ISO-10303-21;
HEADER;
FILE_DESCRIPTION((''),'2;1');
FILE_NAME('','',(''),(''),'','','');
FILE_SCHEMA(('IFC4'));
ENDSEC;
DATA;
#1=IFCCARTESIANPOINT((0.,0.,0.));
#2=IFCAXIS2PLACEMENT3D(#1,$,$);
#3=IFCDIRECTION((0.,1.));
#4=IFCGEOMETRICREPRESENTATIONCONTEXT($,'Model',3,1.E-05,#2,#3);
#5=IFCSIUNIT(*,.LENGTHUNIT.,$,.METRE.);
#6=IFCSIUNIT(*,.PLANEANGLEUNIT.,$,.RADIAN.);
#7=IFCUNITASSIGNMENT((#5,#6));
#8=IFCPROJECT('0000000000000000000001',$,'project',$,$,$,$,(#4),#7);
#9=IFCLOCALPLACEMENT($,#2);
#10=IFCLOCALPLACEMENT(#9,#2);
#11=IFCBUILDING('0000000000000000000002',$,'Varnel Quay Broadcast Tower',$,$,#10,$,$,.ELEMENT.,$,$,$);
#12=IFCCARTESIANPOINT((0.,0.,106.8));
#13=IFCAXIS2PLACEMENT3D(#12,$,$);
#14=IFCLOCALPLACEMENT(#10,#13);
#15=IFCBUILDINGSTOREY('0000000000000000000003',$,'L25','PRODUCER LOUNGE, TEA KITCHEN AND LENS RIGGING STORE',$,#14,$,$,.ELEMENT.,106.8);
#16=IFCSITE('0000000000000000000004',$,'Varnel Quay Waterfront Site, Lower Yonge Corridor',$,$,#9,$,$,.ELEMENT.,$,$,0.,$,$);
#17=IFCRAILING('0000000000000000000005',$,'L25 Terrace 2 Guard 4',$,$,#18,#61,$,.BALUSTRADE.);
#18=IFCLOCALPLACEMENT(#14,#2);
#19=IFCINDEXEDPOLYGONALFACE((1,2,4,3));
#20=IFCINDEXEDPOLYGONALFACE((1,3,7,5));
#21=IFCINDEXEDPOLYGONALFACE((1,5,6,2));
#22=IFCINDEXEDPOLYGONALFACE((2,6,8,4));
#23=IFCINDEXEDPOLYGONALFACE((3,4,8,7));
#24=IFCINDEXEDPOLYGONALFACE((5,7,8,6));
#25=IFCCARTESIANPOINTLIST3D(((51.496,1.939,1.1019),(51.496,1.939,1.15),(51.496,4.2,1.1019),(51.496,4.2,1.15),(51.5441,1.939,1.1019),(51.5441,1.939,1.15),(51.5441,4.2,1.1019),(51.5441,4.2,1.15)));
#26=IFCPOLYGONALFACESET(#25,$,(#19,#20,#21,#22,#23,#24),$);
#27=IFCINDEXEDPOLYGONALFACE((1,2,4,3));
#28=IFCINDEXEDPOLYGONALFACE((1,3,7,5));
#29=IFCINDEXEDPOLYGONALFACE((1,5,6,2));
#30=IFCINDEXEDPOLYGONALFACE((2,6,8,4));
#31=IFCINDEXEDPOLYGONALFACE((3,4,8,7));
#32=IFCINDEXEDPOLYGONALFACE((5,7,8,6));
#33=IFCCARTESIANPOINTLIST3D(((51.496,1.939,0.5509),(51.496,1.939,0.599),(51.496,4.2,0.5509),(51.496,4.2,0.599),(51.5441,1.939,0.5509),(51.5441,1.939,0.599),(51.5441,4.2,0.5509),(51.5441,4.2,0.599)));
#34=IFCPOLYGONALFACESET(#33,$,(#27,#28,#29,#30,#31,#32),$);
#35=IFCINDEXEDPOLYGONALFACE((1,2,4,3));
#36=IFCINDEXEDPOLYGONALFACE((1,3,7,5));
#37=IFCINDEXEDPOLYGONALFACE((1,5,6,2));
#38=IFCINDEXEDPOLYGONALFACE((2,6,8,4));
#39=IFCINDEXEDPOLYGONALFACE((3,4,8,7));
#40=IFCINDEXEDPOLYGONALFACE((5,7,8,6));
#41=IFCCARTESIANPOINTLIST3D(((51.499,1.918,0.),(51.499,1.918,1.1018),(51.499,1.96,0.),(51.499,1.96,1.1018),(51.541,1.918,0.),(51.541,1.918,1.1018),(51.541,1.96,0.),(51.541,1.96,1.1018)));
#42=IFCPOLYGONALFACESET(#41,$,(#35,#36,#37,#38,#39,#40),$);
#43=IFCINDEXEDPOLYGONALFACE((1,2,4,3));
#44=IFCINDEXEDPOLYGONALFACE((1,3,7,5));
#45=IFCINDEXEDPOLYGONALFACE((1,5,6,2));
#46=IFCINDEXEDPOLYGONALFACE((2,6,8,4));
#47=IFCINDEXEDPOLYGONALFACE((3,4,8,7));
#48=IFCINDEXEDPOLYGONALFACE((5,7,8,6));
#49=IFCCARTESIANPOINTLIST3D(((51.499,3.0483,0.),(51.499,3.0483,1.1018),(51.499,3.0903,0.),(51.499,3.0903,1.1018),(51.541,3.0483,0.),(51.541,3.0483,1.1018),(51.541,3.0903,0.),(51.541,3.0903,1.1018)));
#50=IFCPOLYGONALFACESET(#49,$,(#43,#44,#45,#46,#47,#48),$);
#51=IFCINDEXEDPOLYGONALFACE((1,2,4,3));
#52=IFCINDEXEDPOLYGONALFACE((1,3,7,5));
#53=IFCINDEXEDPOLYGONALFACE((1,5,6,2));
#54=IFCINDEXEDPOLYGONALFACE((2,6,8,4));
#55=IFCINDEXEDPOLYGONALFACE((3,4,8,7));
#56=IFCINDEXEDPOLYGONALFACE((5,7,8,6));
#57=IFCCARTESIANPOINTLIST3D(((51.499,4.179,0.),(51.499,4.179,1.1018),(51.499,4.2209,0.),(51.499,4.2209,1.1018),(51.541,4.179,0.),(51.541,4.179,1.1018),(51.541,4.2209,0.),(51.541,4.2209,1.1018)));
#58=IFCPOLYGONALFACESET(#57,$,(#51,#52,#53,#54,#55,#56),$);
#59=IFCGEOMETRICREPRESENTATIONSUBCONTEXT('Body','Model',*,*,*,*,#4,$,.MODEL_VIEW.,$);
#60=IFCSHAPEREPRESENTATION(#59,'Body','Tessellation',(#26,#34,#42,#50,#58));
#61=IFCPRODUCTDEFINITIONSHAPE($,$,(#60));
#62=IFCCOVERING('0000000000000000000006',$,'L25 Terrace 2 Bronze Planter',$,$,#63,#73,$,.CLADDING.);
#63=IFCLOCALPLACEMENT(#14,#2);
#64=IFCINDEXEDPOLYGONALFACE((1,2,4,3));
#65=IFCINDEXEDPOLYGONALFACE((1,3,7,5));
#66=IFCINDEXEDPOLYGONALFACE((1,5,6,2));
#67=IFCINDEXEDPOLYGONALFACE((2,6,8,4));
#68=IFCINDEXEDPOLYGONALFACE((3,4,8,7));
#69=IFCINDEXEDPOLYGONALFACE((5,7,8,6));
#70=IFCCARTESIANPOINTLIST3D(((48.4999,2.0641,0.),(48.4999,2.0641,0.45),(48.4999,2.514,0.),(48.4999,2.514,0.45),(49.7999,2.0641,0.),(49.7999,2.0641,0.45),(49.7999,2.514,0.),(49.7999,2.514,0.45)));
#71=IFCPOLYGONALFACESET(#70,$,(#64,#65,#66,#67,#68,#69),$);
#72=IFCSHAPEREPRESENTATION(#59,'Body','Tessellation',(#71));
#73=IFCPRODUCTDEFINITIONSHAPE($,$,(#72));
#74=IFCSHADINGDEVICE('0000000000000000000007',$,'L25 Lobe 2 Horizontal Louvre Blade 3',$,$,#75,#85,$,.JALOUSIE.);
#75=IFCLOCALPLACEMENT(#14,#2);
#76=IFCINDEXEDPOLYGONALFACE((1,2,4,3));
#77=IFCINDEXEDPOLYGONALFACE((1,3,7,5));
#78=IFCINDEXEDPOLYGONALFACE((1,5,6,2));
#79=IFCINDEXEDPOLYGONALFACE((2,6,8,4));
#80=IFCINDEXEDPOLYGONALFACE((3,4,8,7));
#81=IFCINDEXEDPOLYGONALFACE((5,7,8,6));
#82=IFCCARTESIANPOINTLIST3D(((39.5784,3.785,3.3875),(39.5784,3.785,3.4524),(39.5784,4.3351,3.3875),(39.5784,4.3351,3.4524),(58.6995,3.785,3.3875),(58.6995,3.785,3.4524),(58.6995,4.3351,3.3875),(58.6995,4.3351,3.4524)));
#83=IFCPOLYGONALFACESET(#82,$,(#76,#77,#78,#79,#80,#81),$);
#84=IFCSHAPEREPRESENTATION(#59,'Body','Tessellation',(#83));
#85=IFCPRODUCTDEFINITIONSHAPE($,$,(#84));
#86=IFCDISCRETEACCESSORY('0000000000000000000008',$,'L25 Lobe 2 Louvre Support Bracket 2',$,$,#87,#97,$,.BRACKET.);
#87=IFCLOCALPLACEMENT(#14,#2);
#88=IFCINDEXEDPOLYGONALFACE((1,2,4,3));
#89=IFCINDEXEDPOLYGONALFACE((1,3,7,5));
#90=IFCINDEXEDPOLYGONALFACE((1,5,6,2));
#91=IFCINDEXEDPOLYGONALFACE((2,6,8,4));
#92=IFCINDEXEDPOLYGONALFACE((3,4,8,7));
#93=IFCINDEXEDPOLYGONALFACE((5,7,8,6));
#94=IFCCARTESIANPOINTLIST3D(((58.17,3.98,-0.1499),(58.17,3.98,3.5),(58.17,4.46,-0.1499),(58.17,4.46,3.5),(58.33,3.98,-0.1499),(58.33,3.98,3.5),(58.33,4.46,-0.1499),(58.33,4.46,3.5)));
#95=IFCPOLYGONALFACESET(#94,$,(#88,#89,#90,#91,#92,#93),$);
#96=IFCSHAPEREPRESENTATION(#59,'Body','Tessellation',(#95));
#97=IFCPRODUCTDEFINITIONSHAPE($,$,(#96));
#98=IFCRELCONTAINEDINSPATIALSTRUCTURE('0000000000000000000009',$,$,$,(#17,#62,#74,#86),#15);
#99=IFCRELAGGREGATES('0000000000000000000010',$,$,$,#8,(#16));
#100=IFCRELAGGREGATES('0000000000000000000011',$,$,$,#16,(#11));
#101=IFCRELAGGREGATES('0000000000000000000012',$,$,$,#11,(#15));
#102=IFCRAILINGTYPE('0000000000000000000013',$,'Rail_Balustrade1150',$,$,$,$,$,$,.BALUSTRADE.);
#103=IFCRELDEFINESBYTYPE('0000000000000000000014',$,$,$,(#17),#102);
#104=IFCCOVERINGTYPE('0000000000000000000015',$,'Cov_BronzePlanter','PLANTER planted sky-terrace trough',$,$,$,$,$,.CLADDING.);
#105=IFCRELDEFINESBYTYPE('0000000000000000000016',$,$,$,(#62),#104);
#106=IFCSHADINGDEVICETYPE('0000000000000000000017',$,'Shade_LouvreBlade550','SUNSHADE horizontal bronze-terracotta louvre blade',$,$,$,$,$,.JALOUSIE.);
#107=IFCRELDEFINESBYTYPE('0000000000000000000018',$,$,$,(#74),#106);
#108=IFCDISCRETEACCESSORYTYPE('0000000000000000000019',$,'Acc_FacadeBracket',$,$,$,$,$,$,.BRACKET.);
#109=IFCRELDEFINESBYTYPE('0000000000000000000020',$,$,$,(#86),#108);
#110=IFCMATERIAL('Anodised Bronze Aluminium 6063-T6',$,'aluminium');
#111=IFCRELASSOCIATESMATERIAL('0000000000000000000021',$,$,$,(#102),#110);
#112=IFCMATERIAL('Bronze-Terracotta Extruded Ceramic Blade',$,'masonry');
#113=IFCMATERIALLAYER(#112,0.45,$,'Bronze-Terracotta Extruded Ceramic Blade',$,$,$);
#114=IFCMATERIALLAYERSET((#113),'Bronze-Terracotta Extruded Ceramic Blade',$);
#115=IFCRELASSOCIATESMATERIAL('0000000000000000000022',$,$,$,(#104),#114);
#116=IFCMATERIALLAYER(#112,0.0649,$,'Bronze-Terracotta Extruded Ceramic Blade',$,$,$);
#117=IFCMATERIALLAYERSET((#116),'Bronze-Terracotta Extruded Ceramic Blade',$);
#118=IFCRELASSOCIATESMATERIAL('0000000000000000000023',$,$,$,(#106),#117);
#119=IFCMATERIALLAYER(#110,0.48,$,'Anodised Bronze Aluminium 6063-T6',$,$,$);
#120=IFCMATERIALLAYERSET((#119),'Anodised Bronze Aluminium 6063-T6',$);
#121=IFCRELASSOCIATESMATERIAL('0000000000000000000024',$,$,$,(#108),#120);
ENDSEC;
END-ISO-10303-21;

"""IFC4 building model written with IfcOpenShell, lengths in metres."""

from ifc_helpers import new_model, si_unit, direction, frame, origin, origin_2d, place, context, subcontext, project, spatial, rectangle, extrude, source, transform, mapped, material, layer, layer_set, type_object, type_shapes, element, save


model = new_model("IFC4")

# Units and contexts
model_context = context("Model", 3, precision=1e-05, world=origin(), true_north=direction((0.0, 1.0)))
body_context = subcontext(model_context, "Body", "Model", "MODEL_VIEW")
ifc_project = project(units=[si_unit("LENGTHUNIT", "METRE"), si_unit("PLANEANGLEUNIT", "RADIAN")], contexts=[model_context])

# Site, building, storey
site_placement = place(None, origin())
site = spatial("IfcSite", under=ifc_project, at=site_placement, Name="Varnel Quay Waterfront Site, Lower Yonge Corridor", CompositionType="ELEMENT", RefElevation=0.0)
building_placement = place(site_placement, origin())
building = spatial("IfcBuilding", under=site, at=building_placement, Name="Varnel Quay Broadcast Tower", CompositionType="ELEMENT")
storey_placement = place(building_placement, frame((0.0, 0.0, 106.8)))
storey = spatial("IfcBuildingStorey", under=building, at=storey_placement, Name="L25", Description="PRODUCER LOUNGE, TEA KITCHEN AND LENS RIGGING STORE", CompositionType="ELEMENT", Elevation=106.8)

# Shared definitions
ifc_material_1 = material(Name="Anodised Bronze Aluminium 6063-T6", Category="aluminium")

# Railing
railing_type = type_object("IfcRailingType", Name="Rail_Balustrade1150", PredefinedType="BALUSTRADE", material=ifc_material_1)
railing_placement = place(storey_placement, frame((51.52, 1.939, 0.0)))
element("IfcRailing", 1, at=railing_placement, inside=storey, type_object=railing_type, Name="L25 Terrace 2 Guard 4", PredefinedType="BALUSTRADE", context=body_context, shape_type="SweptSolid", body=[
    extrude(rectangle(XDim=0.0481, YDim=0.0481, at=origin_2d()), frame((0.0, 0.0, 1.126), z_axis=(0.0, 1.0, 0.0), x_axis=(-1.0, 0.0, 0.0)), (0.0, 0.0, 1.0), 2.261),
    extrude(rectangle(XDim=0.0481, YDim=0.0481, at=origin_2d()), frame((0.0, 0.0, 0.575), z_axis=(0.0, 1.0, 0.0), x_axis=(-1.0, 0.0, 0.0)), (0.0, 0.0, 1.0), 2.261),
    extrude(rectangle(XDim=0.042, YDim=0.042, at=origin_2d()), origin(), (0.0, 0.0, 1.0), 1.1018),
    extrude(rectangle(XDim=0.042, YDim=0.042, at=origin_2d()), frame((0.0, 1.1304, 0.0)), (0.0, 0.0, 1.0), 1.1018),
    extrude(rectangle(XDim=0.042, YDim=0.042, at=origin_2d()), frame((0.0, 2.261, 0.0)), (0.0, 0.0, 1.0), 1.1018),
])

# Covering
ifc_material_2 = material(Name="Bronze-Terracotta Extruded Ceramic Blade", Category="masonry")
ifc_layer_1 = layer(ifc_material_2, 0.45, Name="Bronze-Terracotta Extruded Ceramic Blade")
ifc_layer_set_1 = layer_set([ifc_layer_1], Name="Bronze-Terracotta Extruded Ceramic Blade")
covering_type = type_object("IfcCoveringType", Name="Cov_BronzePlanter", Description="PLANTER planted sky-terrace trough", PredefinedType="CLADDING", material=ifc_layer_set_1)
shared_shape_1 = source(origin(), body_context, "Body", "SweptSolid", [
    extrude(rectangle(XDim=1.3, YDim=0.45, at=origin_2d()), origin(), (0.0, 0.0, 1.0), 0.45),
])
type_shapes(covering_type, [shared_shape_1])
covering_placement = place(storey_placement, frame((49.1499, 2.2891, 0.0), z_axis=(0.0, 0.0, 1.0), x_axis=(1.0, 0.0, 0.0)))
element("IfcCovering", 2, at=covering_placement, inside=storey, type_object=covering_type, Name="L25 Terrace 2 Bronze Planter", PredefinedType="CLADDING", context=body_context, shape_type="MappedRepresentation", body=[
    mapped(shared_shape_1, transform((0.0, 0.0, 0.0), x_axis=(1.0, 0.0, 0.0), y_axis=(0.0, 1.0, 0.0), z_axis=(0.0, 0.0, 1.0), scale=1.0)),
])

# Shading device
ifc_layer_2 = layer(ifc_material_2, 0.0649, Name="Bronze-Terracotta Extruded Ceramic Blade")
ifc_layer_set_2 = layer_set([ifc_layer_2], Name="Bronze-Terracotta Extruded Ceramic Blade")
shading_device_type = type_object("IfcShadingDeviceType", Name="Shade_LouvreBlade550", Description="SUNSHADE horizontal bronze-terracotta louvre blade", PredefinedType="JALOUSIE", material=ifc_layer_set_2)
shared_shape_2 = source(origin(), body_context, "Body", "SweptSolid", [
    extrude(rectangle(XDim=19.1211, YDim=0.55, at=origin_2d()), origin(), (0.0, 0.0, 1.0), 0.0649),
])
type_shapes(shading_device_type, [shared_shape_2])
shading_device_placement = place(storey_placement, frame((49.1389, 4.0601, 3.3875), z_axis=(0.0, 0.0, 1.0), x_axis=(1.0, 0.0, 0.0)))
element("IfcShadingDevice", 3, at=shading_device_placement, inside=storey, type_object=shading_device_type, Name="L25 Lobe 2 Horizontal Louvre Blade 3", PredefinedType="JALOUSIE", context=body_context, shape_type="MappedRepresentation", body=[
    mapped(shared_shape_2, transform((0.0, 0.0, 0.0), x_axis=(1.0, 0.0, 0.0), y_axis=(0.0, 1.0, 0.0), z_axis=(0.0, 0.0, 1.0), scale=1.0)),
])

# Discrete accessory
ifc_layer_3 = layer(ifc_material_1, 0.48, Name="Anodised Bronze Aluminium 6063-T6")
ifc_layer_set_3 = layer_set([ifc_layer_3], Name="Anodised Bronze Aluminium 6063-T6")
discrete_accessory_type = type_object("IfcDiscreteAccessoryType", Name="Acc_FacadeBracket", PredefinedType="BRACKET", material=ifc_layer_set_3)
shared_shape_3 = source(origin(), body_context, "Body", "SweptSolid", [
    extrude(rectangle(XDim=0.1599, YDim=0.48, at=origin_2d()), origin(), (0.0, 0.0, 1.0), 3.6499),
])
type_shapes(discrete_accessory_type, [shared_shape_3])
discrete_accessory_placement = place(storey_placement, frame((58.25, 4.22, -0.1499), z_axis=(0.0, 0.0, 1.0), x_axis=(1.0, 0.0, 0.0)))
element("IfcDiscreteAccessory", 4, at=discrete_accessory_placement, inside=storey, type_object=discrete_accessory_type, Name="L25 Lobe 2 Louvre Support Bracket 2", PredefinedType="BRACKET", context=body_context, shape_type="MappedRepresentation", body=[
    mapped(shared_shape_3, transform((0.0, 0.0, 0.0), x_axis=(1.0, 0.0, 0.0), y_axis=(0.0, 1.0, 0.0), z_axis=(0.0, 0.0, 1.0), scale=1.0)),
])

save(model, "model.ifc")
